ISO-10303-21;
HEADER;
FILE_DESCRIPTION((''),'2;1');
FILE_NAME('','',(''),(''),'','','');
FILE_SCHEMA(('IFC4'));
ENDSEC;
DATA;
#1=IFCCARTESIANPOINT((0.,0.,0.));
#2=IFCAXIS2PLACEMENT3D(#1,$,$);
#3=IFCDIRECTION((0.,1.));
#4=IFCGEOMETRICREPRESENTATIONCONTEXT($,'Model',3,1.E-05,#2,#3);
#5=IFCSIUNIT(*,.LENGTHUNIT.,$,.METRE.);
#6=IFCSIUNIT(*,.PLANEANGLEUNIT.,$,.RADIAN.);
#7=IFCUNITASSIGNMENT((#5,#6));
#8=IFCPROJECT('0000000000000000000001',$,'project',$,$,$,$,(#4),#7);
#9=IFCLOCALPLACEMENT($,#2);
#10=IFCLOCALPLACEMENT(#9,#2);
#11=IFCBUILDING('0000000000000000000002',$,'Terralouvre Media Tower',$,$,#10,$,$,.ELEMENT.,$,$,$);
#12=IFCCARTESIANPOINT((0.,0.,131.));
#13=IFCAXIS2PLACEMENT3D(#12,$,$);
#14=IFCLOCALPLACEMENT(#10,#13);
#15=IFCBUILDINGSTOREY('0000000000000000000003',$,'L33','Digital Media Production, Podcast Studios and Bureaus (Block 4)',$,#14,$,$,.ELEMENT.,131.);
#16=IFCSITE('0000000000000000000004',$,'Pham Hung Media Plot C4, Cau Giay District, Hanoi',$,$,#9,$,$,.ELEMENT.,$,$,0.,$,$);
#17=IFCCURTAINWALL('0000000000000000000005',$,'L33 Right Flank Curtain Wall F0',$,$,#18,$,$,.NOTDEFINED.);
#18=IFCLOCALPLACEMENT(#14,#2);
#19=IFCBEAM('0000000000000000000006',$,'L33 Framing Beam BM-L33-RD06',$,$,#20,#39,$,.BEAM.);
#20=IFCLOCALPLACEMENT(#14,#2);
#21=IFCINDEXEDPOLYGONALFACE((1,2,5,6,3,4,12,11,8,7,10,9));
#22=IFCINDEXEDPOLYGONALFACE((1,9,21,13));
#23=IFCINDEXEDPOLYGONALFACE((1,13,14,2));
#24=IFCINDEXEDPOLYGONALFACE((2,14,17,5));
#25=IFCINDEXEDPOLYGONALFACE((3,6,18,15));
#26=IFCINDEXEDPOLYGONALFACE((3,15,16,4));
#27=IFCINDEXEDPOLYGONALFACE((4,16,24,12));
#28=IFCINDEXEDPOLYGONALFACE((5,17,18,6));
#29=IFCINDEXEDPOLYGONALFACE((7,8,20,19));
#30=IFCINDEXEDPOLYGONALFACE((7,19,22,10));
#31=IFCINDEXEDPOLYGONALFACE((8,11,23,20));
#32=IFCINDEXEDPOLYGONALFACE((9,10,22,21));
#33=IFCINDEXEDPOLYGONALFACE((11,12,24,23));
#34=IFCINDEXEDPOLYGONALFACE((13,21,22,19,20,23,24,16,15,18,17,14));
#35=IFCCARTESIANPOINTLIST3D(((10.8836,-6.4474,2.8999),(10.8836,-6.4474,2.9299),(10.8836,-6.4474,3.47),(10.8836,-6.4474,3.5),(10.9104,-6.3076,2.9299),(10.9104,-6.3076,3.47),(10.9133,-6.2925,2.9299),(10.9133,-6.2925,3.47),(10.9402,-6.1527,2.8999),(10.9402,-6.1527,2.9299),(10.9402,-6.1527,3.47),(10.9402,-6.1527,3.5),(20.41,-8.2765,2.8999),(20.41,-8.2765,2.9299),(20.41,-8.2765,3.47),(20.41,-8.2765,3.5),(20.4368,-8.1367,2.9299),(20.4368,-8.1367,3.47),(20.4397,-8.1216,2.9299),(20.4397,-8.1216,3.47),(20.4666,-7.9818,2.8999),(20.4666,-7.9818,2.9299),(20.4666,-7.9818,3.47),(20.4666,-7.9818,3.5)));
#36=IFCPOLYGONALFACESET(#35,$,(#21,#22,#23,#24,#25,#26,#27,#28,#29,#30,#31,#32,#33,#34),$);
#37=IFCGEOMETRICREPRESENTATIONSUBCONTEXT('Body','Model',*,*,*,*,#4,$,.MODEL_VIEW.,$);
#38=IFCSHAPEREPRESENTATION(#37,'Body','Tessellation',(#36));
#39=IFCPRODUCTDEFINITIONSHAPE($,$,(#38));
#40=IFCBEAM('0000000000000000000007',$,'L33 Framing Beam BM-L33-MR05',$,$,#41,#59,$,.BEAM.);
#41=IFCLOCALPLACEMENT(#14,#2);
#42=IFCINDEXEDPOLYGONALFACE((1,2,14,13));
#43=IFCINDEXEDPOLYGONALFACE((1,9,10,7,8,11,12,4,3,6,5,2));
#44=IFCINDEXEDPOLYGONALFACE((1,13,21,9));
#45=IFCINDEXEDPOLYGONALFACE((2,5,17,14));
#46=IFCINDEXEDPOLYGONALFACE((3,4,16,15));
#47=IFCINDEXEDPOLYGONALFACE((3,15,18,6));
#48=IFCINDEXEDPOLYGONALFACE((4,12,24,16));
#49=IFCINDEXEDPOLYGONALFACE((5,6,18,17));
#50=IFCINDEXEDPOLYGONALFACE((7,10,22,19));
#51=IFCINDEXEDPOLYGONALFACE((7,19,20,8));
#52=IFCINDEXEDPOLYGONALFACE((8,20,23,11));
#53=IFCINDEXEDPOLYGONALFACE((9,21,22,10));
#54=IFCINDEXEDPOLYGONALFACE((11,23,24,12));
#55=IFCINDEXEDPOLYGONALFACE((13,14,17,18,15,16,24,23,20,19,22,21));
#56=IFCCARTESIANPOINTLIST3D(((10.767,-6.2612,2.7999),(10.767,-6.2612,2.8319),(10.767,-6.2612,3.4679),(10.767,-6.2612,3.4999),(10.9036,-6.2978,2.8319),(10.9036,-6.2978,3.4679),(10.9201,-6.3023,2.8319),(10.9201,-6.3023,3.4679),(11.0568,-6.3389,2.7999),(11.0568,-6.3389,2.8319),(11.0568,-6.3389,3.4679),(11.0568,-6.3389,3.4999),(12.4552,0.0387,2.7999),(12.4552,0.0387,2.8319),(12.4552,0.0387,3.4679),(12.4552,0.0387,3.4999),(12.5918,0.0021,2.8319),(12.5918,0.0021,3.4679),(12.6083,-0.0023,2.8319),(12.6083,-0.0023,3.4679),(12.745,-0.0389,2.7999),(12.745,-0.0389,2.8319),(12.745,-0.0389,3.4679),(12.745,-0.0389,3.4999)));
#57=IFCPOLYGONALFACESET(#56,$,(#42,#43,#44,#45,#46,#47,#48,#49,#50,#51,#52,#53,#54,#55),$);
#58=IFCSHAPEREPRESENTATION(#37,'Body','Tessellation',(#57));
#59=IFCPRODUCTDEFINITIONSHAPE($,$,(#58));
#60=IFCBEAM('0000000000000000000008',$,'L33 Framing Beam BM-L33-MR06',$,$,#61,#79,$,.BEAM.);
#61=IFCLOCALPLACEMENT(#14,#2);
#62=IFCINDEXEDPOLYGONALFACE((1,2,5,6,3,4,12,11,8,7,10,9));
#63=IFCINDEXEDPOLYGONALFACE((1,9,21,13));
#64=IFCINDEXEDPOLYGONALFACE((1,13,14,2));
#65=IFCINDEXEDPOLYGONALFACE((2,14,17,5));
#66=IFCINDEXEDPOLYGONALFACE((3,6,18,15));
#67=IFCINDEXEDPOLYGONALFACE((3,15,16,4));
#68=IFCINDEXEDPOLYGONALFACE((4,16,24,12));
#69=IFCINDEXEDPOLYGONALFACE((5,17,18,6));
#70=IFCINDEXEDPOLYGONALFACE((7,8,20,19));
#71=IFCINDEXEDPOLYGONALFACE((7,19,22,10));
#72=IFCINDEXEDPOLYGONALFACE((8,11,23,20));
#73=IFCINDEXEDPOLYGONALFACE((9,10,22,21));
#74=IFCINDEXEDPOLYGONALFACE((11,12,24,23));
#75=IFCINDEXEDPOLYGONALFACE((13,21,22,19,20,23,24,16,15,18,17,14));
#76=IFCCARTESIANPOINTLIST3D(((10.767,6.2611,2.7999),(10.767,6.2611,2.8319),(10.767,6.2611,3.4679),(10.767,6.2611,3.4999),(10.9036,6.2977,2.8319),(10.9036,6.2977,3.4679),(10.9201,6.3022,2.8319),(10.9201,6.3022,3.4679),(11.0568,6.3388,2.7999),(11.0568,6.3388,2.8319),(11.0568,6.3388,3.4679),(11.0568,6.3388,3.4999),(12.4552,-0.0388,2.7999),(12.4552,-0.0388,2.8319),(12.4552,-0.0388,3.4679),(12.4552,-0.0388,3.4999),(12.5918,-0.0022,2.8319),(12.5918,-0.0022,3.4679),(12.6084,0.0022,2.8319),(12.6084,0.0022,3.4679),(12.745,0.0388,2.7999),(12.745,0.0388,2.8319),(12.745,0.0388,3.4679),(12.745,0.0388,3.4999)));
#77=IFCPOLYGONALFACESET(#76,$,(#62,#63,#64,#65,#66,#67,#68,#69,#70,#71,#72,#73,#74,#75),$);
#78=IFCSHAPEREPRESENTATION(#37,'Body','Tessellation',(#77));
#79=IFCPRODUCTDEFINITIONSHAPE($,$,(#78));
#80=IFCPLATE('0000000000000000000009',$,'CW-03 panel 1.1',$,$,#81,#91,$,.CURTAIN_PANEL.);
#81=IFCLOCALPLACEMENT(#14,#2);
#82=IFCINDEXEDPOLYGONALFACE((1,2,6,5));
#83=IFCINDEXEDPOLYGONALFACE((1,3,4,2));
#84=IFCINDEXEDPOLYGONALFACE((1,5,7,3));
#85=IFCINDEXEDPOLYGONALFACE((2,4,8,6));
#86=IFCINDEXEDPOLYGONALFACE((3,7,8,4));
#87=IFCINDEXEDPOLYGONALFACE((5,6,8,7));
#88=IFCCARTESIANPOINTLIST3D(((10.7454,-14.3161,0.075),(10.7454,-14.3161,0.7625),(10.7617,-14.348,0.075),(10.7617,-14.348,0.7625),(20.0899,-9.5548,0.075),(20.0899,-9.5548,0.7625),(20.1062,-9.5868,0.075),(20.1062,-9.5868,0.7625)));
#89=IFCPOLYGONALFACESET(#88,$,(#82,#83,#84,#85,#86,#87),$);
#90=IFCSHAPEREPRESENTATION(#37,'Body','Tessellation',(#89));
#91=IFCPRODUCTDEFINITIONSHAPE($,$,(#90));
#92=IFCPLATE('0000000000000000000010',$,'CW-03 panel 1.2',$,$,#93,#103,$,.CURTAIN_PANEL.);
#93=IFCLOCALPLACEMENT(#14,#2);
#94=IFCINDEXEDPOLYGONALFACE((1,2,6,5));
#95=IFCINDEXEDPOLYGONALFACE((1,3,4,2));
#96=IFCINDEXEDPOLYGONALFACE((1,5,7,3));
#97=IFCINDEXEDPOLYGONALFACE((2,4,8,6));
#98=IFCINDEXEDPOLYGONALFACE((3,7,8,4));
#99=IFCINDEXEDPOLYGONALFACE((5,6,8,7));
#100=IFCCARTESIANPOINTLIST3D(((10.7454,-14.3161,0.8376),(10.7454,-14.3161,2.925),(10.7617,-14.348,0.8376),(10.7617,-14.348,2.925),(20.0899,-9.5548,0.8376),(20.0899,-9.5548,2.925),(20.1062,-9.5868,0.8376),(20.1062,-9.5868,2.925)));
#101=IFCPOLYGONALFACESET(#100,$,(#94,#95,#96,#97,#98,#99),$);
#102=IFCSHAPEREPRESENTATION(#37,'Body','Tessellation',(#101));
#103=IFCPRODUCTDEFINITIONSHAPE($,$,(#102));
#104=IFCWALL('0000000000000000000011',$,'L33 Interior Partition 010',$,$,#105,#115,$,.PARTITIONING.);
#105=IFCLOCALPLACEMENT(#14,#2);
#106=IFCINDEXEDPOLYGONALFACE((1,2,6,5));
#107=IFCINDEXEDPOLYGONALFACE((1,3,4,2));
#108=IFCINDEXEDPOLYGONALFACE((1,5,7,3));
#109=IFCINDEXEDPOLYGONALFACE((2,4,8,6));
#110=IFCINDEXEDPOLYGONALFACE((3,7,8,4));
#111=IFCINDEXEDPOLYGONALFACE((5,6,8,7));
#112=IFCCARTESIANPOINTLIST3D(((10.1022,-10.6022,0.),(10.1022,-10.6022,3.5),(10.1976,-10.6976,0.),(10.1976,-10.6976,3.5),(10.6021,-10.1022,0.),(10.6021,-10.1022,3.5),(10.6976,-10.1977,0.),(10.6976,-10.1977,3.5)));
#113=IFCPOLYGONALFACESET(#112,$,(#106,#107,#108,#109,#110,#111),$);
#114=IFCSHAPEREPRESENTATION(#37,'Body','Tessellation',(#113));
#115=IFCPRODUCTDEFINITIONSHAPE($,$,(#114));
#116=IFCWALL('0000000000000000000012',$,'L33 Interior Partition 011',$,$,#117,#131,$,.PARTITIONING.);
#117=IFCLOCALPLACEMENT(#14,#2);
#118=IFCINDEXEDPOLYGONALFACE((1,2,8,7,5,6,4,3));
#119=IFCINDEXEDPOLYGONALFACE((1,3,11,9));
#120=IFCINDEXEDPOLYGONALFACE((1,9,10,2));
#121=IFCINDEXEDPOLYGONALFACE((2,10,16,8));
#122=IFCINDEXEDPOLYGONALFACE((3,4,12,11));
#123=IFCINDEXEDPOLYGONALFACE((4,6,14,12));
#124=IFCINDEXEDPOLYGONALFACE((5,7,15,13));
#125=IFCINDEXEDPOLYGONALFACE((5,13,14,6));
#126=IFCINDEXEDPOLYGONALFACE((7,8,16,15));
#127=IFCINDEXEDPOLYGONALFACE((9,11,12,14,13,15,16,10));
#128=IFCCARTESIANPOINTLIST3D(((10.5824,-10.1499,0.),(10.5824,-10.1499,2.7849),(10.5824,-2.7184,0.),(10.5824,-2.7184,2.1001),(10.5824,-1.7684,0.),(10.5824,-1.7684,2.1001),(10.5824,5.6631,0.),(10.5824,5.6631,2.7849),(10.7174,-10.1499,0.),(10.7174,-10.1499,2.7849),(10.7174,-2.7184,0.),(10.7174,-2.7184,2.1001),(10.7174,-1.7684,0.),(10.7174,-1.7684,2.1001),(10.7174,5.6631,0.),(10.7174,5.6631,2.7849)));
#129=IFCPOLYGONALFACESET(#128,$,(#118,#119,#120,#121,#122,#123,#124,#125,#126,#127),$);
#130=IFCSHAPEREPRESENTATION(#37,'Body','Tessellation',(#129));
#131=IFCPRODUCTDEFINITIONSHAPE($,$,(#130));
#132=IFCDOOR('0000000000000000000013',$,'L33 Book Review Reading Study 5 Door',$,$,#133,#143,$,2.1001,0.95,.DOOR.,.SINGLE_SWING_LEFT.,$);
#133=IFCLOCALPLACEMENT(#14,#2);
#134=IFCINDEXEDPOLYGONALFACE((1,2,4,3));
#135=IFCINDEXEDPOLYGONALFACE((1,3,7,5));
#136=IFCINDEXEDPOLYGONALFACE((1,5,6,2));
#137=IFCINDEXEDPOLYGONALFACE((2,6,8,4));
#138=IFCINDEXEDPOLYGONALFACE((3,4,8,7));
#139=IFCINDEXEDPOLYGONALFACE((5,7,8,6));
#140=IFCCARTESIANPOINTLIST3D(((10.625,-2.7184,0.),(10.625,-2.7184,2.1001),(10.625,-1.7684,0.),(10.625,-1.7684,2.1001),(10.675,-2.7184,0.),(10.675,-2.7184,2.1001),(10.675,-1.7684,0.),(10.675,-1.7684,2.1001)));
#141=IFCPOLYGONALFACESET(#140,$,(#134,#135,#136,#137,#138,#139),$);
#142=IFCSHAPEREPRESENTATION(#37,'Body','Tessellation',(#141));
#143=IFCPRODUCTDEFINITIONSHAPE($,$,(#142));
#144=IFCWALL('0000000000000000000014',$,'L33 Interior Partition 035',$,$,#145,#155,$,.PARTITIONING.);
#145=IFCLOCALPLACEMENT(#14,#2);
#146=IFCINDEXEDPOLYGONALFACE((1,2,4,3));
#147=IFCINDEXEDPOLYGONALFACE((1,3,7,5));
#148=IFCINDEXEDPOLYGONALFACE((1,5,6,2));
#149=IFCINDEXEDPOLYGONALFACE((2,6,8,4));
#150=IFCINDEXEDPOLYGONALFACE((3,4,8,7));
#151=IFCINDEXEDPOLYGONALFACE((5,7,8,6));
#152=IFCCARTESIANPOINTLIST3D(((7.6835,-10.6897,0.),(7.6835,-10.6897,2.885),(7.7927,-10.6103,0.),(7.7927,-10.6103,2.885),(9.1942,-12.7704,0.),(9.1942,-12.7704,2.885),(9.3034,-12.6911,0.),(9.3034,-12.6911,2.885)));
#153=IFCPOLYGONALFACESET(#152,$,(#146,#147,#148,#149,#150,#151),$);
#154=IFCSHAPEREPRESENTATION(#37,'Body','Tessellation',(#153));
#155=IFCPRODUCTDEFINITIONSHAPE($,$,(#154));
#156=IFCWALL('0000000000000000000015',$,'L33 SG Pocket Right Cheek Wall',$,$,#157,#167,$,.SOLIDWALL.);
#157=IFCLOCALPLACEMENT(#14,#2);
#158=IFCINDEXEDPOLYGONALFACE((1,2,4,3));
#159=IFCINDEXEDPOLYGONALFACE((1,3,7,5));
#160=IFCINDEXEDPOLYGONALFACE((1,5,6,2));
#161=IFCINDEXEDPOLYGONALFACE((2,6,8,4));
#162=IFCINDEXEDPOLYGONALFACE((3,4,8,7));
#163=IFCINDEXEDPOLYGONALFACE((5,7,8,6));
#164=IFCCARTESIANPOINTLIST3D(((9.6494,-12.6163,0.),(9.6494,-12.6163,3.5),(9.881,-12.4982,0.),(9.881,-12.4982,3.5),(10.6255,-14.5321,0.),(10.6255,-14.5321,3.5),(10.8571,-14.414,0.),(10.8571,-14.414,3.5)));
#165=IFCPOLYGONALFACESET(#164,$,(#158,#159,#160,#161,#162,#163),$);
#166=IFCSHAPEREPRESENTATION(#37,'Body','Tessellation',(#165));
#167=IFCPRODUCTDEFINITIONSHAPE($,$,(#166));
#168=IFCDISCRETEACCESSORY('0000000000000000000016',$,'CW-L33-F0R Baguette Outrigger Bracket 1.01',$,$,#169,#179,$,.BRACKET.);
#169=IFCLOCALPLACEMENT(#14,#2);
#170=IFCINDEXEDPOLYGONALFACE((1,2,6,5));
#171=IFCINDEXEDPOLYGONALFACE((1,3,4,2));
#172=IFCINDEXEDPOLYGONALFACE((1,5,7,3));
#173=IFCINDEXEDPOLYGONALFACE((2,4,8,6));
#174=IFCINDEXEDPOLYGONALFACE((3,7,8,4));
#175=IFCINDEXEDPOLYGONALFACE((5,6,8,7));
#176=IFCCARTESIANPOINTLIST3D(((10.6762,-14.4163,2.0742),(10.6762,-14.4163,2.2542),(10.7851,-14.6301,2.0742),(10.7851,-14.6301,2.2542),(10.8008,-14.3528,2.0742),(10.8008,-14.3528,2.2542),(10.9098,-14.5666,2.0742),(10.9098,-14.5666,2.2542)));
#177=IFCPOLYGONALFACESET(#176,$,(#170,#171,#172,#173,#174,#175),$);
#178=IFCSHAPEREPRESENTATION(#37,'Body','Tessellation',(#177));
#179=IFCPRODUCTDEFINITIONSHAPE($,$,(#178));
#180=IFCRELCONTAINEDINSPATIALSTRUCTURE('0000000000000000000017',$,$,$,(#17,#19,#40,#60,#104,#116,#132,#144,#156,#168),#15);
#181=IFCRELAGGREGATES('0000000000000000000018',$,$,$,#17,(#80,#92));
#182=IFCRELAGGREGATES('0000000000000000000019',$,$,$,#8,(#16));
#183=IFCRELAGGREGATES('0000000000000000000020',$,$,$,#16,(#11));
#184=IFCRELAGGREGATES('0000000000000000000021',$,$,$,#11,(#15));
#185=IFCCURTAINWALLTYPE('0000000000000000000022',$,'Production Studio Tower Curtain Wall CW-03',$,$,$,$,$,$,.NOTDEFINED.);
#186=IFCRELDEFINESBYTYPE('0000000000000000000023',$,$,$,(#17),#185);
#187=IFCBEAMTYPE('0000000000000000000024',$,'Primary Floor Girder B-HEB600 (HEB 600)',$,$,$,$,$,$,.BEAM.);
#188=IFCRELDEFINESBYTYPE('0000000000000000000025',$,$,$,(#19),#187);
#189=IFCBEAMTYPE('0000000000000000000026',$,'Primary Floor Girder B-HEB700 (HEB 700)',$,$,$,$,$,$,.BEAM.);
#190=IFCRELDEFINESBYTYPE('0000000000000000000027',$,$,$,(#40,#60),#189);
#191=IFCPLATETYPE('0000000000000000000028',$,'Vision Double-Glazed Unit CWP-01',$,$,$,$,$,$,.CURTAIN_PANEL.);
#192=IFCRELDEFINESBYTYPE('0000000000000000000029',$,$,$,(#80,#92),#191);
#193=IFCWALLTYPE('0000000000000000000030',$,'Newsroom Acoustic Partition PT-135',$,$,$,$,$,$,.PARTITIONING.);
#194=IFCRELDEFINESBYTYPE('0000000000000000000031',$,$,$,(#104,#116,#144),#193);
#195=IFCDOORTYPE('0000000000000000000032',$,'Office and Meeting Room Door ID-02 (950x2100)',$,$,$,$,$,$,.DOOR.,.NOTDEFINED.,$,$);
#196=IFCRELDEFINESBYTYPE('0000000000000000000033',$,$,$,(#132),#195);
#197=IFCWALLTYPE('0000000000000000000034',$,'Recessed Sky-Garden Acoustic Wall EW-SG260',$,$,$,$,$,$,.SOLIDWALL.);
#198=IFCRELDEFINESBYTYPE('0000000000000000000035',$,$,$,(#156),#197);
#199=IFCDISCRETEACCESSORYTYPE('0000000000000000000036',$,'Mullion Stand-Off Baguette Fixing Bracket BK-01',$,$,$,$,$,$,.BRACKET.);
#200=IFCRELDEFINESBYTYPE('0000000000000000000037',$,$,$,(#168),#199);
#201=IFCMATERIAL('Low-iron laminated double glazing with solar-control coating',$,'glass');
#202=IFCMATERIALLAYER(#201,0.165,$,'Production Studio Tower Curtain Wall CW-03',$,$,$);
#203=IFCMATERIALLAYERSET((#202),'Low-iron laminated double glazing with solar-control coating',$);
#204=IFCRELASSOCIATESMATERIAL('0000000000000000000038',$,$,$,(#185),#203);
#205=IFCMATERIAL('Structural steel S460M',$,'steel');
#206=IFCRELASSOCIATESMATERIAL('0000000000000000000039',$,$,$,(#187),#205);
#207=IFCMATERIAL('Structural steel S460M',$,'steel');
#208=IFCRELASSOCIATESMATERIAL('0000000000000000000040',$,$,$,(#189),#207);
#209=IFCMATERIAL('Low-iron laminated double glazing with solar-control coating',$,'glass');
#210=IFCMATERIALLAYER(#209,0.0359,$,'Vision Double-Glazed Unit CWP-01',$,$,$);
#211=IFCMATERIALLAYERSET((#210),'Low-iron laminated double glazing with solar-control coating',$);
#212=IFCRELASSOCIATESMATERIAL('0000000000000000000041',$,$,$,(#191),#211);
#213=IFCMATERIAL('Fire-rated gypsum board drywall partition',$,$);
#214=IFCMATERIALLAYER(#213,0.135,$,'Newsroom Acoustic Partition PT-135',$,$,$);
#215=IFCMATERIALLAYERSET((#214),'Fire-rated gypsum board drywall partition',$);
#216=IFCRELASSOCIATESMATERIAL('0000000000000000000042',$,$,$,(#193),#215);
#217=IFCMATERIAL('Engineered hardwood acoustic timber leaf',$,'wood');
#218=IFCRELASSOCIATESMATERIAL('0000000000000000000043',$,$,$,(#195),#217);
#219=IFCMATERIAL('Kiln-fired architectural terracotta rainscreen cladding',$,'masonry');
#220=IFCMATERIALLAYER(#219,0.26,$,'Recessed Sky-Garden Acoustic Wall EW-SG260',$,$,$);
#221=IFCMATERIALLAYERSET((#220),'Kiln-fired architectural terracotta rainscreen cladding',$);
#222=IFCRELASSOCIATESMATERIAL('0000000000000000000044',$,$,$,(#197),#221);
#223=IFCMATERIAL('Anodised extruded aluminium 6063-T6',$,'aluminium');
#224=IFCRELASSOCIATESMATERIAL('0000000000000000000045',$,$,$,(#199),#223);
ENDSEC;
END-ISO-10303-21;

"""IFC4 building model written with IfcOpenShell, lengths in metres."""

from ifc_helpers import new_model, si_unit, direction, frame, frame_2d, origin, origin_2d, place, context, subcontext, project, spatial, rectangle, i_section, extrude, material, layer, layer_set, material_profile, profile_set, type_object, element, fill, aggregate, save


model = new_model("IFC4")

# Units and contexts
model_context = context("Model", 3, precision=1e-05, world=origin(), true_north=direction((0.0, 1.0)))
body_context = subcontext(model_context, "Body", "Model", "MODEL_VIEW")
ifc_project = project(units=[si_unit("LENGTHUNIT", "METRE"), si_unit("PLANEANGLEUNIT", "RADIAN")], contexts=[model_context])

# Site, building, storey
site_placement = place(None, origin())
site = spatial("IfcSite", under=ifc_project, at=site_placement, Name="Pham Hung Media Plot C4, Cau Giay District, Hanoi", CompositionType="ELEMENT", RefElevation=0.0)
building_placement = place(site_placement, origin())
building = spatial("IfcBuilding", under=site, at=building_placement, Name="Terralouvre Media Tower", CompositionType="ELEMENT")
storey_placement = place(building_placement, frame((0.0, 0.0, 131.0)))
storey = spatial("IfcBuildingStorey", under=building, at=storey_placement, Name="L33", Description="Digital Media Production, Podcast Studios and Bureaus (Block 4)", CompositionType="ELEMENT", Elevation=131.0)

# Curtain wall
ifc_material_1 = material(Name="Low-iron laminated double glazing with solar-control coating", Category="glass")
ifc_layer_1 = layer(ifc_material_1, 0.165, Name="Production Studio Tower Curtain Wall CW-03")
ifc_layer_set_1 = layer_set([ifc_layer_1], Name="Low-iron laminated double glazing with solar-control coating")
curtain_wall_type = type_object("IfcCurtainWallType", Name="Production Studio Tower Curtain Wall CW-03", PredefinedType="NOTDEFINED", material=ifc_layer_set_1)
curtain_wall_placement = place(storey_placement, origin())
curtain_wall = element("IfcCurtainWall", 1, at=curtain_wall_placement, inside=storey, type_object=curtain_wall_type, Name="L33 Right Flank Curtain Wall F0", PredefinedType="NOTDEFINED")

# Beams
ifc_material_2 = material(Name="Structural steel S460M", Category="steel")
ifc_material_profile_1 = material_profile(ifc_material_2, i_section(OverallWidth=0.3, OverallDepth=0.6001, WebThickness=0.0154, FlangeThickness=0.03, at=origin_2d()), Name="HEB 600")
ifc_profile_set_1 = profile_set([ifc_material_profile_1], Name="Structural steel S460M")
beam_type_1 = type_object("IfcBeamType", Name="Primary Floor Girder B-HEB600 (HEB 600)", PredefinedType="BEAM", material=ifc_profile_set_1)
beam_1_placement = place(storey_placement, frame((10.9119, -6.3, 3.2), z_axis=(0.982062, -0.18856, 0.0), x_axis=(0.18856, 0.982062, 0.0)))
element("IfcBeam", 2, at=beam_1_placement, inside=storey, type_object=beam_type_1, Name="L33 Framing Beam BM-L33-RD06", PredefinedType="BEAM", context=body_context, shape_type="SweptSolid", body=[
    extrude(i_section(OverallWidth=0.3, OverallDepth=0.6001, WebThickness=0.0154, FlangeThickness=0.03, at=origin_2d()), origin(), (0.0, 0.0, 1.0), 9.7004),
])
ifc_material_3 = material(Name="Structural steel S460M", Category="steel")
ifc_material_profile_2 = material_profile(ifc_material_3, i_section(OverallWidth=0.3, OverallDepth=0.7, WebThickness=0.0171, FlangeThickness=0.032, at=origin_2d()), Name="HEB 700")
ifc_profile_set_2 = profile_set([ifc_material_profile_2], Name="Structural steel S460M")
beam_type_2 = type_object("IfcBeamType", Name="Primary Floor Girder B-HEB700 (HEB 700)", PredefinedType="BEAM", material=ifc_profile_set_2)
for number, where, z_axis, x_axis, name in (
    (3, (10.9119, -6.3, 3.1499), (0.258839, 0.96592, 0.0), (-0.96592, 0.258839, 0.0), "L33 Framing Beam BM-L33-MR05"),
    (4, (12.6001, 0.0, 3.1499), (-0.258839, 0.96592, 0.0), (-0.96592, -0.258839, 0.0), "L33 Framing Beam BM-L33-MR06"),
):
    element("IfcBeam", number, at=place(storey_placement, frame(where, z_axis=z_axis, x_axis=x_axis)), inside=storey, type_object=beam_type_2, Name=name, PredefinedType="BEAM", context=body_context, shape_type="SweptSolid", body=[
        extrude(i_section(OverallWidth=0.3, OverallDepth=0.7, WebThickness=0.0171, FlangeThickness=0.032, at=origin_2d()), origin(), (0.0, 0.0, 1.0), 6.5222),
    ])

# Plates
ifc_material_4 = material(Name="Low-iron laminated double glazing with solar-control coating", Category="glass")
ifc_layer_2 = layer(ifc_material_4, 0.0359, Name="Vision Double-Glazed Unit CWP-01")
ifc_layer_set_2 = layer_set([ifc_layer_2], Name="Low-iron laminated double glazing with solar-control coating")
plate_type = type_object("IfcPlateType", Name="Vision Double-Glazed Unit CWP-01", PredefinedType="CURTAIN_PANEL", material=ifc_layer_set_2)
plate_1_placement = place(storey_placement, frame((15.4258, -11.9514, 0.075), z_axis=(0.0, 0.0, 1.0), x_axis=(0.891006, 0.453991, 0.0)))
plate_1 = element("IfcPlate", 5, at=plate_1_placement, type_object=plate_type, Name="CW-03 panel 1.1", PredefinedType="CURTAIN_PANEL", context=body_context, shape_type="SweptSolid", body=[
    extrude(rectangle(XDim=10.4875, YDim=0.0359, at=origin_2d()), origin(), (0.0, 0.0, 1.0), 0.6875),
])
plate_2_placement = place(storey_placement, frame((15.4258, -11.9514, 0.8376), z_axis=(0.0, 0.0, 1.0), x_axis=(0.891006, 0.453991, 0.0)))
plate_2 = element("IfcPlate", 6, at=plate_2_placement, type_object=plate_type, Name="CW-03 panel 1.2", PredefinedType="CURTAIN_PANEL", context=body_context, shape_type="SweptSolid", body=[
    extrude(rectangle(XDim=10.4875, YDim=0.0359, at=origin_2d()), origin(), (0.0, 0.0, 1.0), 2.0874),
])
aggregate(curtain_wall, [plate_1, plate_2])

# Wall
ifc_material_5 = material(Name="Fire-rated gypsum board drywall partition")
ifc_layer_3 = layer(ifc_material_5, 0.135, Name="Newsroom Acoustic Partition PT-135")
ifc_layer_set_3 = layer_set([ifc_layer_3], Name="Fire-rated gypsum board drywall partition")
wall_type_1 = type_object("IfcWallType", Name="Newsroom Acoustic Partition PT-135", PredefinedType="PARTITIONING", material=ifc_layer_set_3)
wall_1_placement = place(storey_placement, frame((10.1499, -10.6499, 0.0), z_axis=(0.0, 0.0, 1.0), x_axis=(0.707107, 0.707107, 0.0)))
element("IfcWall", 7, at=wall_1_placement, inside=storey, type_object=wall_type_1, Name="L33 Interior Partition 010", PredefinedType="PARTITIONING", context=body_context, shape_type="SweptSolid", body=[
    extrude(rectangle(XDim=0.707, YDim=0.135, at=frame_2d((0.3535, 0.0))), origin(), (0.0, 0.0, 1.0), 3.5),
])

# Wall, opening, door
wall_2_placement = place(storey_placement, frame((10.6499, -10.1499, 0.0), z_axis=(0.0, 0.0, 1.0), x_axis=(0.0, 1.0, 0.0)))
wall_2 = element("IfcWall", 8, at=wall_2_placement, inside=storey, type_object=wall_type_1, Name="L33 Interior Partition 011", PredefinedType="PARTITIONING", context=body_context, shape_type="SweptSolid", body=[
    extrude(rectangle(XDim=15.813, YDim=0.135, at=frame_2d((7.9065, 0.0))), origin(), (0.0, 0.0, 1.0), 2.7849),
])
opening_placement = place(wall_2_placement, frame((7.4314, 0.0, 0.0)))
opening = element("IfcOpeningElement", 9, at=opening_placement, cuts=wall_2, PredefinedType="OPENING", context=body_context, shape_type="SweptSolid", body=[
    extrude(rectangle(XDim=0.95, YDim=2.1001, at=frame_2d((0.4751, 1.05))), frame((0.0, 0.0774, 0.0), z_axis=(0.0, -1.0, 0.0), x_axis=(1.0, 0.0, 0.0)), (0.0, 0.0, 1.0), 0.155),
])
ifc_material_6 = material(Name="Engineered hardwood acoustic timber leaf", Category="wood")
door_type = type_object("IfcDoorType", Name="Office and Meeting Room Door ID-02 (950x2100)", OperationType="NOTDEFINED", PredefinedType="DOOR", material=ifc_material_6)
door_placement = place(opening_placement, origin())
door = element("IfcDoor", 10, at=door_placement, inside=storey, type_object=door_type, Name="L33 Book Review Reading Study 5 Door", OperationType="SINGLE_SWING_LEFT", OverallHeight=2.1001, OverallWidth=0.95, PredefinedType="DOOR", context=body_context, shape_type="SweptSolid", body=[
    extrude(rectangle(XDim=0.95, YDim=2.1001, at=frame_2d((0.4751, 1.05))), frame((0.0, 0.0249, 0.0), z_axis=(0.0, -1.0, 0.0), x_axis=(1.0, 0.0, 0.0)), (0.0, 0.0, 1.0), 0.05),
])
fill(opening, door)

# Walls
wall_3_placement = place(storey_placement, frame((9.2488, -12.7307, 0.0), z_axis=(0.0, 0.0, 1.0), x_axis=(-0.587517, 0.809212, 0.0)))
element("IfcWall", 11, at=wall_3_placement, inside=storey, type_object=wall_type_1, Name="L33 Interior Partition 035", PredefinedType="PARTITIONING", context=body_context, shape_type="SweptSolid", body=[
    extrude(rectangle(XDim=2.5713, YDim=0.135, at=frame_2d((1.2856, 0.0))), origin(), (0.0, 0.0, 1.0), 2.885),
])
ifc_material_7 = material(Name="Kiln-fired architectural terracotta rainscreen cladding", Category="masonry")
ifc_layer_4 = layer(ifc_material_7, 0.26, Name="Recessed Sky-Garden Acoustic Wall EW-SG260")
ifc_layer_set_4 = layer_set([ifc_layer_4], Name="Kiln-fired architectural terracotta rainscreen cladding")
wall_type_2 = type_object("IfcWallType", Name="Recessed Sky-Garden Acoustic Wall EW-SG260", PredefinedType="SOLIDWALL", material=ifc_layer_set_4)
wall_4_placement = place(storey_placement, frame((9.7651, -12.5571, 0.0), z_axis=(0.0, 0.0, 1.0), x_axis=(0.453968, -0.891018, 0.0)))
element("IfcWall", 12, at=wall_4_placement, inside=storey, type_object=wall_type_2, Name="L33 SG Pocket Right Cheek Wall", PredefinedType="SOLIDWALL", context=body_context, shape_type="SweptSolid", body=[
    extrude(rectangle(XDim=2.1501, YDim=0.26, at=frame_2d((1.0752, 0.0))), origin(), (0.0, 0.0, 1.0), 3.5),
])

# Discrete accessory
ifc_material_8 = material(Name="Anodised extruded aluminium 6063-T6", Category="aluminium")
discrete_accessory_type = type_object("IfcDiscreteAccessoryType", Name="Mullion Stand-Off Baguette Fixing Bracket BK-01", PredefinedType="BRACKET", material=ifc_material_8)
discrete_accessory_placement = place(storey_placement, frame((10.793, -14.4915, 2.0742), z_axis=(0.0, 0.0, 1.0), x_axis=(0.891006, 0.453991, 0.0)))
element("IfcDiscreteAccessory", 13, at=discrete_accessory_placement, inside=storey, type_object=discrete_accessory_type, Name="CW-L33-F0R Baguette Outrigger Bracket 1.01", PredefinedType="BRACKET", context=body_context, shape_type="SweptSolid", body=[
    extrude(rectangle(XDim=0.1399, YDim=0.24, at=origin_2d()), origin(), (0.0, 0.0, 1.0), 0.1799),
])

save(model, "model.ifc")
